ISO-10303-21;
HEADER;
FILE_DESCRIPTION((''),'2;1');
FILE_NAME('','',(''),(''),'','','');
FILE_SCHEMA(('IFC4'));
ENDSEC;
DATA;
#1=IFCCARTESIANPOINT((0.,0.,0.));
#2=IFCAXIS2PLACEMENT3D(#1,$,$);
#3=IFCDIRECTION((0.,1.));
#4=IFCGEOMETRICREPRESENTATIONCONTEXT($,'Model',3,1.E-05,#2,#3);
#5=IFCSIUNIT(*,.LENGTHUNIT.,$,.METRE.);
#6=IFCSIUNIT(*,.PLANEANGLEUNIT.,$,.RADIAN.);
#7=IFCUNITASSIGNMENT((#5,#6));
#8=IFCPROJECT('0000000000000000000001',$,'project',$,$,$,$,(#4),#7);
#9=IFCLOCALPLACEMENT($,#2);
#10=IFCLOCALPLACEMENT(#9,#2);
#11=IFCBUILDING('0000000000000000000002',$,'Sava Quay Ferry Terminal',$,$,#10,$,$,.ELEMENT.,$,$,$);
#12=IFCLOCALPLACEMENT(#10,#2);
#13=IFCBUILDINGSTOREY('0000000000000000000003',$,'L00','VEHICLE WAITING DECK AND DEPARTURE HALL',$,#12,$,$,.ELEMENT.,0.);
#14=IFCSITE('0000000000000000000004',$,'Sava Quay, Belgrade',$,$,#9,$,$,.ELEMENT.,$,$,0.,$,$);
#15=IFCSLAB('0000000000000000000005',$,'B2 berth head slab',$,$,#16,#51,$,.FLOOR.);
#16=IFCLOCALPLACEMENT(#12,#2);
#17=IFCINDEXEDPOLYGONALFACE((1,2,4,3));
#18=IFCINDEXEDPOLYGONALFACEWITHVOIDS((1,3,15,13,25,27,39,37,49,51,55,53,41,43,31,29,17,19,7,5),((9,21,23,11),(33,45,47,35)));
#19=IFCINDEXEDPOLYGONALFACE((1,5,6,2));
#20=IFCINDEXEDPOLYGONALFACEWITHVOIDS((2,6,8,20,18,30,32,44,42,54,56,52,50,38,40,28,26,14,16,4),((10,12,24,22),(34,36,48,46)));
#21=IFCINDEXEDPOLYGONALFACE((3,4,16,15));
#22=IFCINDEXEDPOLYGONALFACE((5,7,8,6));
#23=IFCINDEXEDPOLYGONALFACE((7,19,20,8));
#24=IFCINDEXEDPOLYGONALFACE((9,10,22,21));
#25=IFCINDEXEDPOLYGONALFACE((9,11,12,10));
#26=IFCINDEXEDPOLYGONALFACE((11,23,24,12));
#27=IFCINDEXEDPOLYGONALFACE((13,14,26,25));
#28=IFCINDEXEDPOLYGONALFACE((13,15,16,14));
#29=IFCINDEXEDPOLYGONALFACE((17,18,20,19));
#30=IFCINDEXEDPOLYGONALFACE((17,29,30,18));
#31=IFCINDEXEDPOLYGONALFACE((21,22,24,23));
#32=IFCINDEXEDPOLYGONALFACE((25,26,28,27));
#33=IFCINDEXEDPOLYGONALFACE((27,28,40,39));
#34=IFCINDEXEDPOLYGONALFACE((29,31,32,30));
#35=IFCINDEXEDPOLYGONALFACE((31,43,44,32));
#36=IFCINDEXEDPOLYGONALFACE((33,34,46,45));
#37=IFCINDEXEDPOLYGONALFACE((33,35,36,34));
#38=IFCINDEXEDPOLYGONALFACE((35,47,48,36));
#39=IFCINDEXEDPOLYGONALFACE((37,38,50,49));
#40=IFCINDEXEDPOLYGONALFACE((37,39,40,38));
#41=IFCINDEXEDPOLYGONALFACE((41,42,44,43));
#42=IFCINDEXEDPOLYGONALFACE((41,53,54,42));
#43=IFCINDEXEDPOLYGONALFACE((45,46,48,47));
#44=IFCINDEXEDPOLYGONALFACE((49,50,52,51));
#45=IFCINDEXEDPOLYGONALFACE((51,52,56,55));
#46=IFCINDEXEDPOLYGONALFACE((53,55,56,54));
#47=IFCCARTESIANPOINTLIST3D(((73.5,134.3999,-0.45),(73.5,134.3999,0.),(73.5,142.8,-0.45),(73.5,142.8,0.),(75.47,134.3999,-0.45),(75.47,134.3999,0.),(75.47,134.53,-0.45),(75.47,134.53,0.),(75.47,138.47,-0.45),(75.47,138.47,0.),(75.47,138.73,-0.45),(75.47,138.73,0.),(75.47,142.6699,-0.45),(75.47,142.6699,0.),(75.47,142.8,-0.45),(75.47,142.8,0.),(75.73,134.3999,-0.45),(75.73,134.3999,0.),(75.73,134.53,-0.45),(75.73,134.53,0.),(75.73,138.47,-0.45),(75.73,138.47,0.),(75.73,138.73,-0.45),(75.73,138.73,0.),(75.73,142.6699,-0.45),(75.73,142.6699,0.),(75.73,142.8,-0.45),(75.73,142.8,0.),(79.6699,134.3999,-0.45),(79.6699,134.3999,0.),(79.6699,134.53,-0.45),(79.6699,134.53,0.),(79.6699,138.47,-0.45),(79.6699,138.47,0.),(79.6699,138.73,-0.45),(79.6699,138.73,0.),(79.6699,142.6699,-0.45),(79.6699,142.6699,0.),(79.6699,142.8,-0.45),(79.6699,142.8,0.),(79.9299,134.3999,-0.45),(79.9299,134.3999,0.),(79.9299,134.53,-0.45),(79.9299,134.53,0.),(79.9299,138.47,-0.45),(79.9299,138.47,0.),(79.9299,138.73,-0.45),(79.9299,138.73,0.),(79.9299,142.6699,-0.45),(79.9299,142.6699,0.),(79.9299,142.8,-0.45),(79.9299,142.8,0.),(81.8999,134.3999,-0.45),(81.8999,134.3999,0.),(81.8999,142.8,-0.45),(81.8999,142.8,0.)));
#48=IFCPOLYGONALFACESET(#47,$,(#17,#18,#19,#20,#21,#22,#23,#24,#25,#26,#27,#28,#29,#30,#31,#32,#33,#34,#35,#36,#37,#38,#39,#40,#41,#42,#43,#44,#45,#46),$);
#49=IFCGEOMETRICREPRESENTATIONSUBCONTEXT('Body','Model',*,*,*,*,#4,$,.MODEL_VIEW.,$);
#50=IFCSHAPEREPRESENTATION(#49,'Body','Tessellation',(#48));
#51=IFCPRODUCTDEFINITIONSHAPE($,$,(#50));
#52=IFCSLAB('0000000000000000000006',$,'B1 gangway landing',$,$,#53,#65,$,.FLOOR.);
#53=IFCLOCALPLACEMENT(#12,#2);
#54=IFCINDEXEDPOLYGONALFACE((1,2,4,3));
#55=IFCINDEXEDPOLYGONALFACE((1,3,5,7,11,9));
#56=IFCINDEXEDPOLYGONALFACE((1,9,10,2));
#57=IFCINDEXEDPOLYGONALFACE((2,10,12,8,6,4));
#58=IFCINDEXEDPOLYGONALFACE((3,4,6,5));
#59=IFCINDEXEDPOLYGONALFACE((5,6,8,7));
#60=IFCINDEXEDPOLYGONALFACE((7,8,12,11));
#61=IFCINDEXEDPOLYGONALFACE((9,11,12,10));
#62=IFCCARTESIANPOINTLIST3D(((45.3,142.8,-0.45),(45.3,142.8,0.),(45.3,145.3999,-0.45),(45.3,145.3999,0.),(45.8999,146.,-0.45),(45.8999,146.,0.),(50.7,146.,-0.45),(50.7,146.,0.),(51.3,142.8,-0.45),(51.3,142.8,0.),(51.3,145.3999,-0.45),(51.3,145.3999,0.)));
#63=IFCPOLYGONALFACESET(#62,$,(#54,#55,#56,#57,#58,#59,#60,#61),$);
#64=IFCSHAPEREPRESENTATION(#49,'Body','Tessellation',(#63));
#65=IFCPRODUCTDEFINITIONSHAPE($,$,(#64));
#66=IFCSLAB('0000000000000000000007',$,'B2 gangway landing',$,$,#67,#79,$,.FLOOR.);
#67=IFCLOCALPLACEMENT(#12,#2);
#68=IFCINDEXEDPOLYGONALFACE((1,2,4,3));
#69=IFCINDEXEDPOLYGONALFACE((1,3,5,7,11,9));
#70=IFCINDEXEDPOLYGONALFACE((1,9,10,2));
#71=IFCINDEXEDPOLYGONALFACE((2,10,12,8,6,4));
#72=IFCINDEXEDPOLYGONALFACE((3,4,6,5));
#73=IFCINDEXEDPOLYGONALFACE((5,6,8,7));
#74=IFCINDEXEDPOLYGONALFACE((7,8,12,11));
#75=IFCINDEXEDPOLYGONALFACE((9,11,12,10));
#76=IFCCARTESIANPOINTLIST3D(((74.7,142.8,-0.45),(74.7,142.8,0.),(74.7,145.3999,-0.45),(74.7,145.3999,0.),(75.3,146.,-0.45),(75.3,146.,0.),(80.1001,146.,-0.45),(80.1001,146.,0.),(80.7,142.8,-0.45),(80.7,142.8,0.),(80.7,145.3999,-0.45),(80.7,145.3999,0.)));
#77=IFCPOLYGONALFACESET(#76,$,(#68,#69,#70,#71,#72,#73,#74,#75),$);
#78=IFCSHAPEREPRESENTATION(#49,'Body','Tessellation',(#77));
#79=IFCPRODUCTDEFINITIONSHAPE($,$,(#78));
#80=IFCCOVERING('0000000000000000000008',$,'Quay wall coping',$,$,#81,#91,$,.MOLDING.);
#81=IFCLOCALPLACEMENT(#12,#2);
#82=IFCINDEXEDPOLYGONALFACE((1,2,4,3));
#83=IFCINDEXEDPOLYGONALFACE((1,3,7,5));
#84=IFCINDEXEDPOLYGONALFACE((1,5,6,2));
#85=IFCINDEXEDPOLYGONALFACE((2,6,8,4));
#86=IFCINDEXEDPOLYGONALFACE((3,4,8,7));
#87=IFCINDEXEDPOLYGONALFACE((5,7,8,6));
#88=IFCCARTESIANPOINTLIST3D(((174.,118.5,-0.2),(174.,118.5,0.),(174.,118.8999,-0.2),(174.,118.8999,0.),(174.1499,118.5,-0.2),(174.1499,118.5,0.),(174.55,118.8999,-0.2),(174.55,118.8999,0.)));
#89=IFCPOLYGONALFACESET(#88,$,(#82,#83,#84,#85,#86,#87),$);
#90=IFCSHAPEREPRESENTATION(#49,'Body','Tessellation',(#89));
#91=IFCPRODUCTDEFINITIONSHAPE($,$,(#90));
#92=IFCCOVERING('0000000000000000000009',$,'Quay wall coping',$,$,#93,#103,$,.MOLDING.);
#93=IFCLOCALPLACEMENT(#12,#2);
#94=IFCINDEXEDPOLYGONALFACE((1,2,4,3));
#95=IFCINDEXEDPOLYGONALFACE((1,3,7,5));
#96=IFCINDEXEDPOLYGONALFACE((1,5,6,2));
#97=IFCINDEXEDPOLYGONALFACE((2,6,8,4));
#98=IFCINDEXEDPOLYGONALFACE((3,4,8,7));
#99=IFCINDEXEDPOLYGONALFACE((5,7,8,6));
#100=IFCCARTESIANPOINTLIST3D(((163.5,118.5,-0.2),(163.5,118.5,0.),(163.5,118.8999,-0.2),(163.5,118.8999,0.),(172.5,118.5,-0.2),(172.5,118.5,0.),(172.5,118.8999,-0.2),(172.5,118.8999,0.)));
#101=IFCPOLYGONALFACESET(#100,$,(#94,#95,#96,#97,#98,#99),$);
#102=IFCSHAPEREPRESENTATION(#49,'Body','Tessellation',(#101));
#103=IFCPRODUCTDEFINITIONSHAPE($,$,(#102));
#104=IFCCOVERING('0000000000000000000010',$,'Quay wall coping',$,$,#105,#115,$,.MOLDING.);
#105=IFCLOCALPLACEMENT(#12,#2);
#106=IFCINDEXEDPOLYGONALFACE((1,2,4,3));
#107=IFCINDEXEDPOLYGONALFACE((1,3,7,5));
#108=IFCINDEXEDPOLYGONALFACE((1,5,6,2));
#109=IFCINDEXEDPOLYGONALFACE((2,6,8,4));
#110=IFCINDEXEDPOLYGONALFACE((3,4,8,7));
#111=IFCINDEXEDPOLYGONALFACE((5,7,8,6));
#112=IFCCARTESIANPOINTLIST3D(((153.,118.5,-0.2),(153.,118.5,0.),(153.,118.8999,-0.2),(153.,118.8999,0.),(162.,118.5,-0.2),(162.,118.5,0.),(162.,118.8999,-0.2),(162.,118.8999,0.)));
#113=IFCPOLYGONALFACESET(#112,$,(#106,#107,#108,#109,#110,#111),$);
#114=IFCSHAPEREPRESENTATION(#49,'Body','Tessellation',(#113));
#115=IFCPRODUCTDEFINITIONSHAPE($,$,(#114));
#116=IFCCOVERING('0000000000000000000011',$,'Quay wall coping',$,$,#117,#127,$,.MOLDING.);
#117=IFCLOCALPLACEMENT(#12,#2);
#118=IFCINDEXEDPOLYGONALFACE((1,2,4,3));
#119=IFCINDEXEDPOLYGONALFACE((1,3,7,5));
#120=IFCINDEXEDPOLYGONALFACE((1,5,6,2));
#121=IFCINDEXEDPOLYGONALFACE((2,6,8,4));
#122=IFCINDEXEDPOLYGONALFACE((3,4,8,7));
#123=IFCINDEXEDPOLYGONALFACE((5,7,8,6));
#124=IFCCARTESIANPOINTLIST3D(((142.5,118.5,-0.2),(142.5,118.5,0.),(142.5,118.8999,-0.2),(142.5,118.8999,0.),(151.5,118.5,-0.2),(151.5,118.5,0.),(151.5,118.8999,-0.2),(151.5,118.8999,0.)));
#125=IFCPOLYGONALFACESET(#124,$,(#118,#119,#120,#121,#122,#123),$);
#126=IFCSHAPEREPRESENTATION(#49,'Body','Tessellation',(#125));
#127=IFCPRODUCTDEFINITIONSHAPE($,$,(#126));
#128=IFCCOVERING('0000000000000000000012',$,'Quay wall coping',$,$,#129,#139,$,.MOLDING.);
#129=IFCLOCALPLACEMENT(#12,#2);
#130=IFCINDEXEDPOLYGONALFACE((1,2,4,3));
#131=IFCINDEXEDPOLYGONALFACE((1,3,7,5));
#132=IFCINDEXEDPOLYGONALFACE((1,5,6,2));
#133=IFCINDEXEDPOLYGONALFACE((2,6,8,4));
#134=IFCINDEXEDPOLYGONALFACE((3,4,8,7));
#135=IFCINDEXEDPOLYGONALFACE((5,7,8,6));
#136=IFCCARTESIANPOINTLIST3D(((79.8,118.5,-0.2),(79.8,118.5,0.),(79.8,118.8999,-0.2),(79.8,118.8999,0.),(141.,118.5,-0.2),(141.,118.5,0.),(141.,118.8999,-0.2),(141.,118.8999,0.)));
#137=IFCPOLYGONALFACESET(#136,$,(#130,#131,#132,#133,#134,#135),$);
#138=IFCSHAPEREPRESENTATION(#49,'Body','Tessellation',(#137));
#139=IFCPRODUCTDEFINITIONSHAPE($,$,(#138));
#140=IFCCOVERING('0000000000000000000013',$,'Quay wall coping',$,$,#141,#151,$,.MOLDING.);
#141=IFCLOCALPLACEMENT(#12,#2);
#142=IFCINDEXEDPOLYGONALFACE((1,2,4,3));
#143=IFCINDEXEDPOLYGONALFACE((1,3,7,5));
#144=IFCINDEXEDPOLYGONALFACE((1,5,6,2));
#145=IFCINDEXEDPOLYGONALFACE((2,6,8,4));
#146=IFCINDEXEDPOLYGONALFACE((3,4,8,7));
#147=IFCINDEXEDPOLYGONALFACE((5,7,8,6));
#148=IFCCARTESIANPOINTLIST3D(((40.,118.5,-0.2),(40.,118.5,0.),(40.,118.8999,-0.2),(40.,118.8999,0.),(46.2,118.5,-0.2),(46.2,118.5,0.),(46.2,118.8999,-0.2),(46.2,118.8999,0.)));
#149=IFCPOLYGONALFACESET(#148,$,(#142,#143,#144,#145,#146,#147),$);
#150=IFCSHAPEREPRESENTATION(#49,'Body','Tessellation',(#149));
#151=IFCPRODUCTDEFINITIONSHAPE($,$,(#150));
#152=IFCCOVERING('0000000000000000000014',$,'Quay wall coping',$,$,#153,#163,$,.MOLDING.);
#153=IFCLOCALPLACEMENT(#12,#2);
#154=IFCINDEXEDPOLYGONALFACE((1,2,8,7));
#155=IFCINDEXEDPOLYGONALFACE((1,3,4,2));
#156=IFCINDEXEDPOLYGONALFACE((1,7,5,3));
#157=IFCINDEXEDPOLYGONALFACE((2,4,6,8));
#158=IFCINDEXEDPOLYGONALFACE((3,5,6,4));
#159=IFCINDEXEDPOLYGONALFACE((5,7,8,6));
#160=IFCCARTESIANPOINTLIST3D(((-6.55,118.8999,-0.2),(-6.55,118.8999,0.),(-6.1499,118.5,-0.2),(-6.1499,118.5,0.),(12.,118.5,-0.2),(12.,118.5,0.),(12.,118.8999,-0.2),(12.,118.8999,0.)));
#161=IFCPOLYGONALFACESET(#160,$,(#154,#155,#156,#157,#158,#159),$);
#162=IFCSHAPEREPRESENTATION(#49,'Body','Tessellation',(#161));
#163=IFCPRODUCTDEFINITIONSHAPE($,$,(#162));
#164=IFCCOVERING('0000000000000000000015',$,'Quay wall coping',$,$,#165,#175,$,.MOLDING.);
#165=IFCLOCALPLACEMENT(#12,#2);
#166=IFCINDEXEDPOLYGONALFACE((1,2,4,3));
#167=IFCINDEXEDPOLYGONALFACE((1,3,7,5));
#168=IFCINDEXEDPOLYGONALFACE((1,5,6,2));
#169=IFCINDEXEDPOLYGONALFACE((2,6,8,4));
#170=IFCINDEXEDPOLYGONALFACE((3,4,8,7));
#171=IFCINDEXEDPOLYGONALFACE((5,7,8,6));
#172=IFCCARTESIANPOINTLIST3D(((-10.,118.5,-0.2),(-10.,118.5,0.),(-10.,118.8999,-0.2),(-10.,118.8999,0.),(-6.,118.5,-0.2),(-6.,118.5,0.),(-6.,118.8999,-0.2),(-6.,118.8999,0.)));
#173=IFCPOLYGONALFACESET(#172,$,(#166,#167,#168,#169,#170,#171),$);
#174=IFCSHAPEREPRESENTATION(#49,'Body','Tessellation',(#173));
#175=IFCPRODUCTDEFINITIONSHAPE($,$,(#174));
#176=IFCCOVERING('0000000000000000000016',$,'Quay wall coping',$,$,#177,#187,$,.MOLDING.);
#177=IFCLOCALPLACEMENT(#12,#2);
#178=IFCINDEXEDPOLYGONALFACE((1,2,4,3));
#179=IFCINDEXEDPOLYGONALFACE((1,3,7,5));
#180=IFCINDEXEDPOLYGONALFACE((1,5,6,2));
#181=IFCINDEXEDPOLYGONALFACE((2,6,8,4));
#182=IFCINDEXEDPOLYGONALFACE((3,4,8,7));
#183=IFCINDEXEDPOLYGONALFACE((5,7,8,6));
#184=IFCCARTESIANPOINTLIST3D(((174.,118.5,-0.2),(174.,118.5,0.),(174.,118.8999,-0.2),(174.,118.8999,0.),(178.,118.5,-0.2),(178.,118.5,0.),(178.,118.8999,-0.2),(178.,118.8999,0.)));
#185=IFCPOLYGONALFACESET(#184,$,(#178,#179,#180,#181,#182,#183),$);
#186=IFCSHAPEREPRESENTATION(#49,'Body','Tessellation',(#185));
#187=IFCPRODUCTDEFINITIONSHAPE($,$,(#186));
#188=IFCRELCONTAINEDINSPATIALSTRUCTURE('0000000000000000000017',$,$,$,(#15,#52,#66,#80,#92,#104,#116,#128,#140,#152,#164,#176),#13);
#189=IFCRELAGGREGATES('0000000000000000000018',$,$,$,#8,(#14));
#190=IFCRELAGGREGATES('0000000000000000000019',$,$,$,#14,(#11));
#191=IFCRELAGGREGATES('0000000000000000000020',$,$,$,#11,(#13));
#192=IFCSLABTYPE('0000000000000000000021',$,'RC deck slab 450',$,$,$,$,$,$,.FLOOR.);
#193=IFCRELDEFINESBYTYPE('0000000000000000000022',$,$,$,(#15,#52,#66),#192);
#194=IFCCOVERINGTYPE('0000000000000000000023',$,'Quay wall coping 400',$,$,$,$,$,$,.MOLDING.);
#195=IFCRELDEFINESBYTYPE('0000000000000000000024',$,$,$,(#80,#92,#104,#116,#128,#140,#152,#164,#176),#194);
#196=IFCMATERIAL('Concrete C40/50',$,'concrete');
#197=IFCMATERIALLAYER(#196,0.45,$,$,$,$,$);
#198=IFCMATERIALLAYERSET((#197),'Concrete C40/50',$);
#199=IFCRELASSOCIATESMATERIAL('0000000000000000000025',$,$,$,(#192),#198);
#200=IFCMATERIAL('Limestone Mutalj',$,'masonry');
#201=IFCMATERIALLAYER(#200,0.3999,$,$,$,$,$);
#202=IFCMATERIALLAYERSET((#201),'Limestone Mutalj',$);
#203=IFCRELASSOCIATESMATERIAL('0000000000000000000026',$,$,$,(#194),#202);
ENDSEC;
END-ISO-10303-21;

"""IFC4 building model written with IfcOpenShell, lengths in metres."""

from ifc_helpers import new_model, si_unit, direction, frame, origin, place, context, subcontext, project, spatial, polyline, outline, extrude, material, layer, layer_set, type_object, element, save


model = new_model("IFC4")

# Units and contexts
model_context = context("Model", 3, precision=1e-05, world=origin(), true_north=direction((0.0, 1.0)))
body_context = subcontext(model_context, "Body", "Model", "MODEL_VIEW")
ifc_project = project(units=[si_unit("LENGTHUNIT", "METRE"), si_unit("PLANEANGLEUNIT", "RADIAN")], contexts=[model_context])

# Site, building, storey
site_placement = place(None, origin())
site = spatial("IfcSite", under=ifc_project, at=site_placement, Name="Sava Quay, Belgrade", CompositionType="ELEMENT", RefElevation=0.0)
building_placement = place(site_placement, origin())
building = spatial("IfcBuilding", under=site, at=building_placement, Name="Sava Quay Ferry Terminal", CompositionType="ELEMENT")
storey_placement = place(building_placement, origin())
storey = spatial("IfcBuildingStorey", under=building, at=storey_placement, Name="L00", Description="VEHICLE WAITING DECK AND DEPARTURE HALL", CompositionType="ELEMENT", Elevation=0.0)

# Slabs
ifc_material_1 = material(Name="Concrete C40/50", Category="concrete")
ifc_layer_1 = layer(ifc_material_1, 0.45)
ifc_layer_set_1 = layer_set([ifc_layer_1], Name="Concrete C40/50")
slab_type_1 = type_object("IfcSlabType", Name="RC deck slab 450", PredefinedType="FLOOR", material=ifc_layer_set_1)
slab_1_placement = place(storey_placement, frame((0.0, 0.0, -0.45)))
element("IfcSlab", 1, at=slab_1_placement, inside=storey, type_object=slab_type_1, Name="B2 berth head slab", PredefinedType="FLOOR", context=body_context, shape_type="SweptSolid", body=[
    extrude(outline(polyline([(81.8999, 142.8), (81.8999, 134.3999), (79.9299, 134.3999), (79.9299, 134.53), (79.6699, 134.53), (79.6699, 134.3999), (75.73, 134.3999), (75.73, 134.53), (75.47, 134.53), (75.47, 134.3999), (73.5, 134.3999), (73.5, 142.8), (75.47, 142.8), (75.47, 142.6699), (75.73, 142.6699), (75.73, 142.8), (79.6699, 142.8), (79.6699, 142.6699), (79.9299, 142.6699), (79.9299, 142.8), (81.8999, 142.8)]), holes=[polyline([(75.47, 138.73), (75.47, 138.47), (75.73, 138.47), (75.73, 138.73), (75.47, 138.73)]), polyline([(79.6699, 138.47), (79.9299, 138.47), (79.9299, 138.73), (79.6699, 138.73), (79.6699, 138.47)])]), origin(), (0.0, 0.0, 1.0), 0.45),
])
slab_2_placement = place(storey_placement, frame((0.0, 0.0, -0.45)))
element("IfcSlab", 2, at=slab_2_placement, inside=storey, type_object=slab_type_1, Name="B1 gangway landing", PredefinedType="FLOOR", context=body_context, shape_type="SweptSolid", body=[
    extrude(outline(polyline([(45.3, 142.8), (51.3, 142.8), (51.3, 145.3999), (50.7, 146.0), (45.8999, 146.0), (45.3, 145.3999), (45.3, 142.8)])), origin(), (0.0, 0.0, 1.0), 0.45),
])
slab_3_placement = place(storey_placement, frame((0.0, 0.0, -0.45)))
element("IfcSlab", 3, at=slab_3_placement, inside=storey, type_object=slab_type_1, Name="B2 gangway landing", PredefinedType="FLOOR", context=body_context, shape_type="SweptSolid", body=[
    extrude(outline(polyline([(74.7, 142.8), (80.7, 142.8), (80.7, 145.3999), (80.1001, 146.0), (75.3, 146.0), (74.7, 145.3999), (74.7, 142.8)])), origin(), (0.0, 0.0, 1.0), 0.45),
])

# Coverings
ifc_material_2 = material(Name="Limestone Mutalj", Category="masonry")
ifc_layer_2 = layer(ifc_material_2, 0.3999)
ifc_layer_set_2 = layer_set([ifc_layer_2], Name="Limestone Mutalj")
covering_type = type_object("IfcCoveringType", Name="Quay wall coping 400", PredefinedType="MOLDING", material=ifc_layer_set_2)
covering_1_placement = place(storey_placement, frame((0.0, 0.0, -0.2)))
element("IfcCovering", 4, at=covering_1_placement, inside=storey, type_object=covering_type, Name="Quay wall coping", PredefinedType="MOLDING", context=body_context, shape_type="SweptSolid", body=[
    extrude(outline(polyline([(174.55, 118.8999), (174.0, 118.8999), (174.0, 118.5), (174.1499, 118.5), (174.55, 118.8999)])), origin(), (0.0, 0.0, 1.0), 0.2),
])
covering_2_placement = place(storey_placement, frame((0.0, 0.0, -0.2)))
element("IfcCovering", 5, at=covering_2_placement, inside=storey, type_object=covering_type, Name="Quay wall coping", PredefinedType="MOLDING", context=body_context, shape_type="SweptSolid", body=[
    extrude(outline(polyline([(172.5, 118.8999), (163.5, 118.8999), (163.5, 118.5), (172.5, 118.5), (172.5, 118.8999)])), origin(), (0.0, 0.0, 1.0), 0.2),
])
covering_3_placement = place(storey_placement, frame((0.0, 0.0, -0.2)))
element("IfcCovering", 6, at=covering_3_placement, inside=storey, type_object=covering_type, Name="Quay wall coping", PredefinedType="MOLDING", context=body_context, shape_type="SweptSolid", body=[
    extrude(outline(polyline([(162.0, 118.8999), (153.0, 118.8999), (153.0, 118.5), (162.0, 118.5), (162.0, 118.8999)])), origin(), (0.0, 0.0, 1.0), 0.2),
])
covering_4_placement = place(storey_placement, frame((0.0, 0.0, -0.2)))
element("IfcCovering", 7, at=covering_4_placement, inside=storey, type_object=covering_type, Name="Quay wall coping", PredefinedType="MOLDING", context=body_context, shape_type="SweptSolid", body=[
    extrude(outline(polyline([(151.5, 118.8999), (142.5, 118.8999), (142.5, 118.5), (151.5, 118.5), (151.5, 118.8999)])), origin(), (0.0, 0.0, 1.0), 0.2),
])
covering_5_placement = place(storey_placement, frame((0.0, 0.0, -0.2)))
element("IfcCovering", 8, at=covering_5_placement, inside=storey, type_object=covering_type, Name="Quay wall coping", PredefinedType="MOLDING", context=body_context, shape_type="SweptSolid", body=[
    extrude(outline(polyline([(141.0, 118.8999), (79.8, 118.8999), (79.8, 118.5), (141.0, 118.5), (141.0, 118.8999)])), origin(), (0.0, 0.0, 1.0), 0.2),
])
covering_6_placement = place(storey_placement, frame((0.0, 0.0, -0.2)))
element("IfcCovering", 9, at=covering_6_placement, inside=storey, type_object=covering_type, Name="Quay wall coping", PredefinedType="MOLDING", context=body_context, shape_type="SweptSolid", body=[
    extrude(outline(polyline([(40.0, 118.8999), (40.0, 118.5), (46.2, 118.5), (46.2, 118.8999), (40.0, 118.8999)])), origin(), (0.0, 0.0, 1.0), 0.2),
])
covering_7_placement = place(storey_placement, frame((0.0, 0.0, -0.2)))
element("IfcCovering", 10, at=covering_7_placement, inside=storey, type_object=covering_type, Name="Quay wall coping", PredefinedType="MOLDING", context=body_context, shape_type="SweptSolid", body=[
    extrude(outline(polyline([(12.0, 118.8999), (-6.55, 118.8999), (-6.1499, 118.5), (12.0, 118.5), (12.0, 118.8999)])), origin(), (0.0, 0.0, 1.0), 0.2),
])
covering_8_placement = place(storey_placement, frame((0.0, 0.0, -0.2)))
element("IfcCovering", 11, at=covering_8_placement, inside=storey, type_object=covering_type, Name="Quay wall coping", PredefinedType="MOLDING", context=body_context, shape_type="SweptSolid", body=[
    extrude(outline(polyline([(-6.0, 118.5), (-6.0, 118.8999), (-10.0, 118.8999), (-10.0, 118.5), (-6.0, 118.5)])), origin(), (0.0, 0.0, 1.0), 0.2),
])
covering_9_placement = place(storey_placement, frame((0.0, 0.0, -0.2)))
element("IfcCovering", 12, at=covering_9_placement, inside=storey, type_object=covering_type, Name="Quay wall coping", PredefinedType="MOLDING", context=body_context, shape_type="SweptSolid", body=[
    extrude(outline(polyline([(178.0, 118.5), (178.0, 118.8999), (174.0, 118.8999), (174.0, 118.5), (178.0, 118.5)])), origin(), (0.0, 0.0, 1.0), 0.2),
])

save(model, "model.ifc")
